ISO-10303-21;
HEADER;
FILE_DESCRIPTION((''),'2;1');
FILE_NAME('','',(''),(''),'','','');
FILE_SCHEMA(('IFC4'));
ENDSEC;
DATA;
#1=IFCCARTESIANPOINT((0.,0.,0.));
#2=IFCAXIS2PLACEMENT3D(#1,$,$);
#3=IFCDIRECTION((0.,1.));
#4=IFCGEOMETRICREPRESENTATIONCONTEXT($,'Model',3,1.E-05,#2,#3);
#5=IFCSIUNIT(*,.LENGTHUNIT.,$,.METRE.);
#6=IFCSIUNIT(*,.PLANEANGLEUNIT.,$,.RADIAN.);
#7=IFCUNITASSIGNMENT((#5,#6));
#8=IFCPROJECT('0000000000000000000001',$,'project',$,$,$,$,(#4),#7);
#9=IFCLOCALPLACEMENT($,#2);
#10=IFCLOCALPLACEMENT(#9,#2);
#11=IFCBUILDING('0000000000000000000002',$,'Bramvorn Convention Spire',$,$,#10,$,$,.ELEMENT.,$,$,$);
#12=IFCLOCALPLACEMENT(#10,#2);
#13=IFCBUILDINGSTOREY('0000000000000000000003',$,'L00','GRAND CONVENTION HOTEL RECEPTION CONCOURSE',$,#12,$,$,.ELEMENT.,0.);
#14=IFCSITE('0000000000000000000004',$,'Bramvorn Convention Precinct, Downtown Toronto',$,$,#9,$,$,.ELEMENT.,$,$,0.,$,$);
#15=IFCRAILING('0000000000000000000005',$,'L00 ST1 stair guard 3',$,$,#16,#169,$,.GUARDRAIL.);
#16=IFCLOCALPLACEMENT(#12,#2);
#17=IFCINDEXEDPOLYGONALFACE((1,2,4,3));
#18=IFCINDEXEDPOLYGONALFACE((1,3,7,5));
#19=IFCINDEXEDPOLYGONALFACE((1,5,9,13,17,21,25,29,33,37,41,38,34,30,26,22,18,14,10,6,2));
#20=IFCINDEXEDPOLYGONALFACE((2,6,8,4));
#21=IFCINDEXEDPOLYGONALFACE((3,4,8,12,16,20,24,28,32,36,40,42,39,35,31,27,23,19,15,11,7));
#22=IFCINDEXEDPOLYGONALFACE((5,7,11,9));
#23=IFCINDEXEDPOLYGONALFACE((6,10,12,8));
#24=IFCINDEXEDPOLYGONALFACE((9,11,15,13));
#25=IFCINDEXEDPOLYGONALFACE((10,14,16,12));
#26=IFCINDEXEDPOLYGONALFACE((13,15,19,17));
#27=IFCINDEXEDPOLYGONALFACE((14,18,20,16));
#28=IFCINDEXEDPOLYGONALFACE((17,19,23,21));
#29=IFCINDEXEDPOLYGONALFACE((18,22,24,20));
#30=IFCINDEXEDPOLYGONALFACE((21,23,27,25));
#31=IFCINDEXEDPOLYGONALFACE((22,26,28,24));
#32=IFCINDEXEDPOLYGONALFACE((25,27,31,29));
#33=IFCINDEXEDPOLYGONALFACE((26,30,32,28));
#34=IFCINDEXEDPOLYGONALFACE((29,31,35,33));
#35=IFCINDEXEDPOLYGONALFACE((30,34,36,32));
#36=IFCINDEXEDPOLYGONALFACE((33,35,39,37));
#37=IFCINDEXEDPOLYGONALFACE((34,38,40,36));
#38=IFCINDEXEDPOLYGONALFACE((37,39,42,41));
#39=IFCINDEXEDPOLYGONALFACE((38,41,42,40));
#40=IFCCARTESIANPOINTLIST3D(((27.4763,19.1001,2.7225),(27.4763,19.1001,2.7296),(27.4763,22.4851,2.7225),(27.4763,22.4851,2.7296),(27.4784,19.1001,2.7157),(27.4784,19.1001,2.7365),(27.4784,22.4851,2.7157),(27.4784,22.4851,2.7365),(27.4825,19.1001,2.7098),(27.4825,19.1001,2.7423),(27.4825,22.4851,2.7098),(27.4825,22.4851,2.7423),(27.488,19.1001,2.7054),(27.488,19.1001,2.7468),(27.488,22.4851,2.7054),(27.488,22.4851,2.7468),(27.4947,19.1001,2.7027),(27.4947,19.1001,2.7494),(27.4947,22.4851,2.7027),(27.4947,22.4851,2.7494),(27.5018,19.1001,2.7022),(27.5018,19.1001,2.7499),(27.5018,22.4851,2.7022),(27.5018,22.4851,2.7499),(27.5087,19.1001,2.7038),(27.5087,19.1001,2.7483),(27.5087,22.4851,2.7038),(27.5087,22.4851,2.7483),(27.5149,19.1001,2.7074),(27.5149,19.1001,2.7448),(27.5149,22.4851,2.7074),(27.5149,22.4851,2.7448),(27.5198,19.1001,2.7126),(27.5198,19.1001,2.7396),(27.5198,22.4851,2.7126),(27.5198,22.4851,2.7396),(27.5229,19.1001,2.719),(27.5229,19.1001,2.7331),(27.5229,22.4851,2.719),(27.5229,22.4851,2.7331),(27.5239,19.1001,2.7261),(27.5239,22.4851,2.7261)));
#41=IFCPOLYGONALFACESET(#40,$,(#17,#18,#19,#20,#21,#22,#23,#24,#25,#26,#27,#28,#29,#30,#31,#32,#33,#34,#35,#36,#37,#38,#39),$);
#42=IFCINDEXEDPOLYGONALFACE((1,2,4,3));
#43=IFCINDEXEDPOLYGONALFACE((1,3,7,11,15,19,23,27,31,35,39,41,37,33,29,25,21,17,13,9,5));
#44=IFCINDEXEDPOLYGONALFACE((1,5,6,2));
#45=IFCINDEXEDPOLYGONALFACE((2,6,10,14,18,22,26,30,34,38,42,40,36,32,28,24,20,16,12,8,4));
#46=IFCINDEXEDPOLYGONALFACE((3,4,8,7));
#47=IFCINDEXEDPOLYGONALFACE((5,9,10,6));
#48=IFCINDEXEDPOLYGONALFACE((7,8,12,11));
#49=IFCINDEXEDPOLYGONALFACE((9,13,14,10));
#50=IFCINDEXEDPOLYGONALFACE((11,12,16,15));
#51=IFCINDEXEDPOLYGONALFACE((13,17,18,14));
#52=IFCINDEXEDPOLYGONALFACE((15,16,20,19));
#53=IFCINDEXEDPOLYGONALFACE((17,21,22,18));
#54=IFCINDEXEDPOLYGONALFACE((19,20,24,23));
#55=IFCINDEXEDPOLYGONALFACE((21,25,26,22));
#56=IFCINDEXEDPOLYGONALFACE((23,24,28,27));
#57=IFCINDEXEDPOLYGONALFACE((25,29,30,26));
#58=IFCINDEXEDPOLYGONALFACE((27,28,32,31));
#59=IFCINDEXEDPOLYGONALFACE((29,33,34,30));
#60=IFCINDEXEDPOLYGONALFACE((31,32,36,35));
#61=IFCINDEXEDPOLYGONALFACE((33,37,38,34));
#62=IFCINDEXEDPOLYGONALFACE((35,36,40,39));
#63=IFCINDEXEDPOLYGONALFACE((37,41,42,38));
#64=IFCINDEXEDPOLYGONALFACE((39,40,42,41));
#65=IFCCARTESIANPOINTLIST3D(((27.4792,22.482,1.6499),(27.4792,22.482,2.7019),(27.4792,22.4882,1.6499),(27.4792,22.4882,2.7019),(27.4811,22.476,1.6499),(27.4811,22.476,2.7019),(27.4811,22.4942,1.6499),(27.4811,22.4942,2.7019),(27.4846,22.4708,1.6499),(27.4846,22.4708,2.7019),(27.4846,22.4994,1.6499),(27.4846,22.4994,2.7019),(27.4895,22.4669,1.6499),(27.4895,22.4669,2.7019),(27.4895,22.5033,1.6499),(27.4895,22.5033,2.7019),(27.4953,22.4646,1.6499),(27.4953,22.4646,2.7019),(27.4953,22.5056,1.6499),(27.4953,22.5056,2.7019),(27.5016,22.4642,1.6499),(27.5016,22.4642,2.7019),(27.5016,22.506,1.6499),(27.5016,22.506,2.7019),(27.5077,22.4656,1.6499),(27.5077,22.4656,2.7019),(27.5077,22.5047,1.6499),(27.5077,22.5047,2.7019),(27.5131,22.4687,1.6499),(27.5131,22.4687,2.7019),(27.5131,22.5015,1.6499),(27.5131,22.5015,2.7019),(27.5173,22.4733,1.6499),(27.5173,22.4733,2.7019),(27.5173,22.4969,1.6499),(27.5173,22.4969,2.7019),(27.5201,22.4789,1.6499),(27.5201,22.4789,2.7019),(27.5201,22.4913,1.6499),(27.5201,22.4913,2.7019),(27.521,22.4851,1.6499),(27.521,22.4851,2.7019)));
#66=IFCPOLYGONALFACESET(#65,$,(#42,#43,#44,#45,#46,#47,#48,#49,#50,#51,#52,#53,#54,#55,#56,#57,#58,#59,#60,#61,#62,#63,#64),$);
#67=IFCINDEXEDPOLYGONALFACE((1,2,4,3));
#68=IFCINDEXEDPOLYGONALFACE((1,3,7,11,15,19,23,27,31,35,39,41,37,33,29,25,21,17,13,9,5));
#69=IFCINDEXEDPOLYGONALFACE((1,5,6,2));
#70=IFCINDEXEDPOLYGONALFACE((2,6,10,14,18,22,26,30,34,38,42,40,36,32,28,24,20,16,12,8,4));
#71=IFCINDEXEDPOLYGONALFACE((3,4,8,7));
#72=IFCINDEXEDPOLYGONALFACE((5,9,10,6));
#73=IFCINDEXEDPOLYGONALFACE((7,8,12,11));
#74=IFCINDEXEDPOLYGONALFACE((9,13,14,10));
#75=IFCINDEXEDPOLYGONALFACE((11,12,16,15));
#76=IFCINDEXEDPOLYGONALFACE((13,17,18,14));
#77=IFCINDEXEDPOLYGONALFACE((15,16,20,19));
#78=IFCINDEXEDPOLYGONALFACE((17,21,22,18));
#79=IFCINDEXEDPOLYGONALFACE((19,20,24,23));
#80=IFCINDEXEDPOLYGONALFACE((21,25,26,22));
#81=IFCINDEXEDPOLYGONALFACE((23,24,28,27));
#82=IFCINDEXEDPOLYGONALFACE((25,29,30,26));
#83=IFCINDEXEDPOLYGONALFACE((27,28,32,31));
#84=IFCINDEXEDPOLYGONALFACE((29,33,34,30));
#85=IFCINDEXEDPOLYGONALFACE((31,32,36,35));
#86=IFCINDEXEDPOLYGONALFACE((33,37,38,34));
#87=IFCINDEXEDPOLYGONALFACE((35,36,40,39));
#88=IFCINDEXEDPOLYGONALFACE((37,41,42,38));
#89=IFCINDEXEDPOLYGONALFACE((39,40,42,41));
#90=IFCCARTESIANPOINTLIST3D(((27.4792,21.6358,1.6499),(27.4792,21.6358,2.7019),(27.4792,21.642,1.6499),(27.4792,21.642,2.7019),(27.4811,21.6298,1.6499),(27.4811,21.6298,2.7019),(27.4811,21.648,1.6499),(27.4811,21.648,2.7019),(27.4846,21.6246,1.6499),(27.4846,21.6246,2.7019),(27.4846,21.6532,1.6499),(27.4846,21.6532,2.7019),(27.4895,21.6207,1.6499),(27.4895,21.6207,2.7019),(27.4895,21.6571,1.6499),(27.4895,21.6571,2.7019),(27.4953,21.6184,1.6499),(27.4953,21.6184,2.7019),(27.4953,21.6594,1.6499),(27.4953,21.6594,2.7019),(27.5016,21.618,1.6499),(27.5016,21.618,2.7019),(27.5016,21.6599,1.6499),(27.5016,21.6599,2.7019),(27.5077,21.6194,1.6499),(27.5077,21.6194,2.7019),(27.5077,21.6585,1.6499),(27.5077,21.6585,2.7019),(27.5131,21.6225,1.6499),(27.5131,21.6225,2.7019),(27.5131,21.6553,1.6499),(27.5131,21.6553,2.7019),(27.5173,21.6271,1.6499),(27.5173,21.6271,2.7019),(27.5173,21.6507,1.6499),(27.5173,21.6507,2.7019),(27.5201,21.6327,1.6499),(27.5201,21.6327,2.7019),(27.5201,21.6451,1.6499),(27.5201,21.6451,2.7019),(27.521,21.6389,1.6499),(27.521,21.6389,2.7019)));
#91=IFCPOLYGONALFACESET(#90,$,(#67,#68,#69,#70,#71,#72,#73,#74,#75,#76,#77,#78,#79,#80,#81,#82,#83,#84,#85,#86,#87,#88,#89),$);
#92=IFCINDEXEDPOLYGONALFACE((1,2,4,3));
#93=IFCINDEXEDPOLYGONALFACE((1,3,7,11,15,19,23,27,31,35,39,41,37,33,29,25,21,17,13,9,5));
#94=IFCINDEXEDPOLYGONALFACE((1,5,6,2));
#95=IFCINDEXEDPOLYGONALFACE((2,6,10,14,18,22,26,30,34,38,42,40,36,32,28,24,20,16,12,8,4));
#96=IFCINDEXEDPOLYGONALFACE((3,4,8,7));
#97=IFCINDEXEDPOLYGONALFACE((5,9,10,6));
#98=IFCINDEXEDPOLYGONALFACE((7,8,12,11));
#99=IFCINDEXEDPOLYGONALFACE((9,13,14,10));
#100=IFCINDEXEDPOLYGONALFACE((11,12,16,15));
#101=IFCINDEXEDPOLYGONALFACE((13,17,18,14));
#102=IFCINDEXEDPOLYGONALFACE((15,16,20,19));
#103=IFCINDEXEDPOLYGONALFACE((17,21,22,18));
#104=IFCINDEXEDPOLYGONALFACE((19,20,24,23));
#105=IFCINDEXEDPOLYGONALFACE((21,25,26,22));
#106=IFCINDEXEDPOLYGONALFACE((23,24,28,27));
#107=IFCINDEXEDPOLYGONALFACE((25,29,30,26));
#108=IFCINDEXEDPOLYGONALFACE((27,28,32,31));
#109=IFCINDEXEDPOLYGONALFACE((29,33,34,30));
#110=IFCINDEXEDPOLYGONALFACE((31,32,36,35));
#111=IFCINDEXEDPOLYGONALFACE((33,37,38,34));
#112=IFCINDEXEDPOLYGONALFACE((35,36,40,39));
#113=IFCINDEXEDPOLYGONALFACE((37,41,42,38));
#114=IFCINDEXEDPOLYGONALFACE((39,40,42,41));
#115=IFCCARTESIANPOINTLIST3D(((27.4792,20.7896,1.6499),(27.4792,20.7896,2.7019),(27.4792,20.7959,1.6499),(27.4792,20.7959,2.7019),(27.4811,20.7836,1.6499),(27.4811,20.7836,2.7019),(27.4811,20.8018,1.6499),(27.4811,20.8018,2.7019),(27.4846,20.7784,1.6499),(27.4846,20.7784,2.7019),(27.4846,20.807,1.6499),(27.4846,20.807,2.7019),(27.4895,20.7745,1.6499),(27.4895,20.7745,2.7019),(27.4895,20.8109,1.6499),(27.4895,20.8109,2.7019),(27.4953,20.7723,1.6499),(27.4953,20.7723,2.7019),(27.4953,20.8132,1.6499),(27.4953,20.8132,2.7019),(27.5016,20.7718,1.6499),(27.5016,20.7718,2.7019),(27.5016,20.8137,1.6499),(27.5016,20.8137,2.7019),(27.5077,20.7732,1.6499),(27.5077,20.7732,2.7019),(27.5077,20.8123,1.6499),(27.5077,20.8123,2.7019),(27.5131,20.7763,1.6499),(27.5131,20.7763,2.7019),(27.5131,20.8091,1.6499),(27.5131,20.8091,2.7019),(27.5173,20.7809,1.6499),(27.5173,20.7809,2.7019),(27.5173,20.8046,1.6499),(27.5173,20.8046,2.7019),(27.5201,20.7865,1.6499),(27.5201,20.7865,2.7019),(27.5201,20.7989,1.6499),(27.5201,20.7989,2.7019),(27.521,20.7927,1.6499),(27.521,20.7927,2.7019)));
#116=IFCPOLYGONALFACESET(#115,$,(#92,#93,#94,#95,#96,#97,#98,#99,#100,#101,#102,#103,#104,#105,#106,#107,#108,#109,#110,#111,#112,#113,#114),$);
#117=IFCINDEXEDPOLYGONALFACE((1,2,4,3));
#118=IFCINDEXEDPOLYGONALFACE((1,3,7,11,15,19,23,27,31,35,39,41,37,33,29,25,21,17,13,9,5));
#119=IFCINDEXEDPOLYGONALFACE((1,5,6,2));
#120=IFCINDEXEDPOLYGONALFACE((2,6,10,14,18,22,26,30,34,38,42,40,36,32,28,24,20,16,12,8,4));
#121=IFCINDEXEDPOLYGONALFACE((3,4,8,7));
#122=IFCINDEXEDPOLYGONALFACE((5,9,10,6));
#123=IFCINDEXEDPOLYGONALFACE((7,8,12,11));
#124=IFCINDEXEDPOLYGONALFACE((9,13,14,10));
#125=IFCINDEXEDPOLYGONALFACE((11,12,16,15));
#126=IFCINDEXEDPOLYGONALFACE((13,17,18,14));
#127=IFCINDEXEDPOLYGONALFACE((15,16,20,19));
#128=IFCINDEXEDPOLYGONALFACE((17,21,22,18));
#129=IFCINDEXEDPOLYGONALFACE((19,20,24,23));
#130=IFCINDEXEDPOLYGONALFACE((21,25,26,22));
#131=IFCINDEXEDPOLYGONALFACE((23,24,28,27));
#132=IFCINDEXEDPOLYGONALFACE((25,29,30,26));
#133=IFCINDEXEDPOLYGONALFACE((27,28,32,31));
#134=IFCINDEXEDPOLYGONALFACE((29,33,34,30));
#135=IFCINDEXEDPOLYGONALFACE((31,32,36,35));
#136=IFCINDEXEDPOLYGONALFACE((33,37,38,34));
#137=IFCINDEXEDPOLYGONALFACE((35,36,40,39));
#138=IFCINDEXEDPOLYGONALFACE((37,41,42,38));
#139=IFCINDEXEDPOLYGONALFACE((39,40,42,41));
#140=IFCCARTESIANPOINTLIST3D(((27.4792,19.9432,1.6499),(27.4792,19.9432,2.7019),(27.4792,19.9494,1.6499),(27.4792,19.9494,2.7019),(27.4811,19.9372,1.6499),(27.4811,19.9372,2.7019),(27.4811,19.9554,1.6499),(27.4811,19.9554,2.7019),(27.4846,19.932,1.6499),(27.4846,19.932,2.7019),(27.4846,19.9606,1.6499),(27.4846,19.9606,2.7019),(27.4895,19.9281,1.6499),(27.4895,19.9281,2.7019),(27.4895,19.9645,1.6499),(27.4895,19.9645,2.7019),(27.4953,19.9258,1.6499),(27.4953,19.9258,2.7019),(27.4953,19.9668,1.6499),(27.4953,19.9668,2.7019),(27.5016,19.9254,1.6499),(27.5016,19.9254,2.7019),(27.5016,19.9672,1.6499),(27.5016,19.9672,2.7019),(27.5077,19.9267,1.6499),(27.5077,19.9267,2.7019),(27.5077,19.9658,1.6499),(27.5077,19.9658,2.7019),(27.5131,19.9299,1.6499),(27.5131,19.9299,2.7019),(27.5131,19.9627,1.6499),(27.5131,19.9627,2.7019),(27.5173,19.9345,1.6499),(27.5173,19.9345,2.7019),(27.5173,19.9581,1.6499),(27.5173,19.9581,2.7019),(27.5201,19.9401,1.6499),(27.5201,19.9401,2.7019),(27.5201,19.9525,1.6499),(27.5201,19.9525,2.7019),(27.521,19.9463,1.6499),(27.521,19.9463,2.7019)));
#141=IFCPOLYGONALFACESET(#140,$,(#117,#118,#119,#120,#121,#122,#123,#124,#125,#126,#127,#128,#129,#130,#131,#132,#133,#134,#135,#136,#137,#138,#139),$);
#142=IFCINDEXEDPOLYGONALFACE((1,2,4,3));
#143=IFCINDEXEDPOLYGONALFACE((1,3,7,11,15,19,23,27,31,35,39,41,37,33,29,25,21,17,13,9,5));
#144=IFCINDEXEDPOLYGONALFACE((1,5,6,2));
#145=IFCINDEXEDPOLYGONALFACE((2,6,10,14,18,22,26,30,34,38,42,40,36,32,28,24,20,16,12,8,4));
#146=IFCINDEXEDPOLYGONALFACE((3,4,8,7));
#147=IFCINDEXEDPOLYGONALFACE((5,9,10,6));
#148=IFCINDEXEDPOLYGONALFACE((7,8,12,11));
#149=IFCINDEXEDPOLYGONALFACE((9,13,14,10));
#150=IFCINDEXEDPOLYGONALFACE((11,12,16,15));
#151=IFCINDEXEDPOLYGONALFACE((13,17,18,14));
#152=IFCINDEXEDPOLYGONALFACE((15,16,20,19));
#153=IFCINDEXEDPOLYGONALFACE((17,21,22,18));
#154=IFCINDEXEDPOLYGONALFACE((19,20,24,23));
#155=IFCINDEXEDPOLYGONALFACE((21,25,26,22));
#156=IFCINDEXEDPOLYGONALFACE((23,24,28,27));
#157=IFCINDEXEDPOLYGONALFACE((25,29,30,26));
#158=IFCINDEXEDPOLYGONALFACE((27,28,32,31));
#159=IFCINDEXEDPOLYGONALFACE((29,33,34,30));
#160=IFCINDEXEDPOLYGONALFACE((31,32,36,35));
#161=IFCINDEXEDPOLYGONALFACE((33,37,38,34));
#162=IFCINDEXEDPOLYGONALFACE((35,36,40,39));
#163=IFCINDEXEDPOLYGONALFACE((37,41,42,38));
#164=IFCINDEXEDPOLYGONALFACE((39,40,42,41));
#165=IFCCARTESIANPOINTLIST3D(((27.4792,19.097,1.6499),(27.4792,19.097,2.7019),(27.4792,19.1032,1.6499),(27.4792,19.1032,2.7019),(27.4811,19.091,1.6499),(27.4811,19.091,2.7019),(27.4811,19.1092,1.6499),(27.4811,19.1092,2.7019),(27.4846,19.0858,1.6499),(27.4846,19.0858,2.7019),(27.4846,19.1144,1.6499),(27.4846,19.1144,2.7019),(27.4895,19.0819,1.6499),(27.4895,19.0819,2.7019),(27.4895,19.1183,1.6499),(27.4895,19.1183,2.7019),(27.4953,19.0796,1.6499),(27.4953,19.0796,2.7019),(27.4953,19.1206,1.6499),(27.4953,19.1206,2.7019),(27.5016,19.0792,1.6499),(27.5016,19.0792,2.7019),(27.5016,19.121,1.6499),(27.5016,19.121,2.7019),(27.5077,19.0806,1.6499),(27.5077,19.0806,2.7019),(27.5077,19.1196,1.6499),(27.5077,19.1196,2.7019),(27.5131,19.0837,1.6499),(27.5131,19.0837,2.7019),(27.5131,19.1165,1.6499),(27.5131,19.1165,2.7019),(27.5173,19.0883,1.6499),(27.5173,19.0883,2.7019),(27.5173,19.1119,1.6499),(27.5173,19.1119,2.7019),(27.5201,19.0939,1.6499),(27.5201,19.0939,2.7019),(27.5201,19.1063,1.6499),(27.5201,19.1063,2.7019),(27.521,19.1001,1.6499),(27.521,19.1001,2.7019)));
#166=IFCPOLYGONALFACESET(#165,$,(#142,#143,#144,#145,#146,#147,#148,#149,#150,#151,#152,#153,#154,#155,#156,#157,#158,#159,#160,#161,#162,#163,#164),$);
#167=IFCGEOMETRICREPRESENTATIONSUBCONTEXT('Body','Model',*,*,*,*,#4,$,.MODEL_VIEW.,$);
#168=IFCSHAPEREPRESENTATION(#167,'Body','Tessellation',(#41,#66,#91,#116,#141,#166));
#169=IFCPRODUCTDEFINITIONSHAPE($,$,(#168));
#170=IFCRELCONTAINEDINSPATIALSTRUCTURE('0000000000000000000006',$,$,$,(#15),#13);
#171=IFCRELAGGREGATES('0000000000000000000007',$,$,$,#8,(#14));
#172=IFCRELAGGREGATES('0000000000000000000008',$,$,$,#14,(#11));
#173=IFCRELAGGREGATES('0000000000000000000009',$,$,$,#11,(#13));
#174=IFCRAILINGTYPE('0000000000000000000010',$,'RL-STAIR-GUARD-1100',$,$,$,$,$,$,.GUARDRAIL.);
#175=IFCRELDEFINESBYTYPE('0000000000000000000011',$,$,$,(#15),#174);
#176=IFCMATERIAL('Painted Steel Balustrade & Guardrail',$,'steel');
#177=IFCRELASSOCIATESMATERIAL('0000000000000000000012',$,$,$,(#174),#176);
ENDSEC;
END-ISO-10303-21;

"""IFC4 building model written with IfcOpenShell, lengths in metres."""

from ifc_helpers import new_model, si_unit, direction, frame, origin, origin_2d, place, context, subcontext, project, spatial, circle, extrude, material, type_object, element, save


model = new_model("IFC4")

# Units and contexts
model_context = context("Model", 3, precision=1e-05, world=origin(), true_north=direction((0.0, 1.0)))
body_context = subcontext(model_context, "Body", "Model", "MODEL_VIEW")
ifc_project = project(units=[si_unit("LENGTHUNIT", "METRE"), si_unit("PLANEANGLEUNIT", "RADIAN")], contexts=[model_context])

# Site, building, storey
site_placement = place(None, origin())
site = spatial("IfcSite", under=ifc_project, at=site_placement, Name="Bramvorn Convention Precinct, Downtown Toronto", CompositionType="ELEMENT", RefElevation=0.0)
building_placement = place(site_placement, origin())
building = spatial("IfcBuilding", under=site, at=building_placement, Name="Bramvorn Convention Spire", CompositionType="ELEMENT")
storey_placement = place(building_placement, origin())
storey = spatial("IfcBuildingStorey", under=building, at=storey_placement, Name="L00", Description="GRAND CONVENTION HOTEL RECEPTION CONCOURSE", CompositionType="ELEMENT", Elevation=0.0)

# Railing
ifc_material_1 = material(Name="Painted Steel Balustrade & Guardrail", Category="steel")
railing_type_1 = type_object("IfcRailingType", Name="RL-STAIR-GUARD-1100", PredefinedType="GUARDRAIL", material=ifc_material_1)
for number, where, name in (
    (1, (27.5, 22.4851, 1.6499), "L00 ST1 stair guard 3"),
):
    element("IfcRailing", number, at=place(storey_placement, frame(where)), inside=storey, type_object=railing_type_1, Name=name, PredefinedType="GUARDRAIL", context=body_context, shape_type="SweptSolid", body=[
        extrude(circle(Radius=0.0239, at=origin_2d()), frame((0.0, 0.0, 1.0762), z_axis=(0.0, -1.0, 0.0), x_axis=(1.0, 0.0, 0.0)), (0.0, 0.0, 1.0), 3.385),
        extrude(circle(Radius=0.021, at=origin_2d()), origin(), (0.0, 0.0, 1.0), 1.052),
        extrude(circle(Radius=0.021, at=origin_2d()), frame((0.0, -0.8462, 0.0)), (0.0, 0.0, 1.0), 1.052),
        extrude(circle(Radius=0.021, at=origin_2d()), frame((0.0, -1.6924, 0.0)), (0.0, 0.0, 1.0), 1.052),
        extrude(circle(Radius=0.021, at=origin_2d()), frame((0.0, -2.5388, 0.0)), (0.0, 0.0, 1.0), 1.052),
        extrude(circle(Radius=0.021, at=origin_2d()), frame((0.0, -3.385, 0.0)), (0.0, 0.0, 1.0), 1.052),
    ])

save(model, "model.ifc")
